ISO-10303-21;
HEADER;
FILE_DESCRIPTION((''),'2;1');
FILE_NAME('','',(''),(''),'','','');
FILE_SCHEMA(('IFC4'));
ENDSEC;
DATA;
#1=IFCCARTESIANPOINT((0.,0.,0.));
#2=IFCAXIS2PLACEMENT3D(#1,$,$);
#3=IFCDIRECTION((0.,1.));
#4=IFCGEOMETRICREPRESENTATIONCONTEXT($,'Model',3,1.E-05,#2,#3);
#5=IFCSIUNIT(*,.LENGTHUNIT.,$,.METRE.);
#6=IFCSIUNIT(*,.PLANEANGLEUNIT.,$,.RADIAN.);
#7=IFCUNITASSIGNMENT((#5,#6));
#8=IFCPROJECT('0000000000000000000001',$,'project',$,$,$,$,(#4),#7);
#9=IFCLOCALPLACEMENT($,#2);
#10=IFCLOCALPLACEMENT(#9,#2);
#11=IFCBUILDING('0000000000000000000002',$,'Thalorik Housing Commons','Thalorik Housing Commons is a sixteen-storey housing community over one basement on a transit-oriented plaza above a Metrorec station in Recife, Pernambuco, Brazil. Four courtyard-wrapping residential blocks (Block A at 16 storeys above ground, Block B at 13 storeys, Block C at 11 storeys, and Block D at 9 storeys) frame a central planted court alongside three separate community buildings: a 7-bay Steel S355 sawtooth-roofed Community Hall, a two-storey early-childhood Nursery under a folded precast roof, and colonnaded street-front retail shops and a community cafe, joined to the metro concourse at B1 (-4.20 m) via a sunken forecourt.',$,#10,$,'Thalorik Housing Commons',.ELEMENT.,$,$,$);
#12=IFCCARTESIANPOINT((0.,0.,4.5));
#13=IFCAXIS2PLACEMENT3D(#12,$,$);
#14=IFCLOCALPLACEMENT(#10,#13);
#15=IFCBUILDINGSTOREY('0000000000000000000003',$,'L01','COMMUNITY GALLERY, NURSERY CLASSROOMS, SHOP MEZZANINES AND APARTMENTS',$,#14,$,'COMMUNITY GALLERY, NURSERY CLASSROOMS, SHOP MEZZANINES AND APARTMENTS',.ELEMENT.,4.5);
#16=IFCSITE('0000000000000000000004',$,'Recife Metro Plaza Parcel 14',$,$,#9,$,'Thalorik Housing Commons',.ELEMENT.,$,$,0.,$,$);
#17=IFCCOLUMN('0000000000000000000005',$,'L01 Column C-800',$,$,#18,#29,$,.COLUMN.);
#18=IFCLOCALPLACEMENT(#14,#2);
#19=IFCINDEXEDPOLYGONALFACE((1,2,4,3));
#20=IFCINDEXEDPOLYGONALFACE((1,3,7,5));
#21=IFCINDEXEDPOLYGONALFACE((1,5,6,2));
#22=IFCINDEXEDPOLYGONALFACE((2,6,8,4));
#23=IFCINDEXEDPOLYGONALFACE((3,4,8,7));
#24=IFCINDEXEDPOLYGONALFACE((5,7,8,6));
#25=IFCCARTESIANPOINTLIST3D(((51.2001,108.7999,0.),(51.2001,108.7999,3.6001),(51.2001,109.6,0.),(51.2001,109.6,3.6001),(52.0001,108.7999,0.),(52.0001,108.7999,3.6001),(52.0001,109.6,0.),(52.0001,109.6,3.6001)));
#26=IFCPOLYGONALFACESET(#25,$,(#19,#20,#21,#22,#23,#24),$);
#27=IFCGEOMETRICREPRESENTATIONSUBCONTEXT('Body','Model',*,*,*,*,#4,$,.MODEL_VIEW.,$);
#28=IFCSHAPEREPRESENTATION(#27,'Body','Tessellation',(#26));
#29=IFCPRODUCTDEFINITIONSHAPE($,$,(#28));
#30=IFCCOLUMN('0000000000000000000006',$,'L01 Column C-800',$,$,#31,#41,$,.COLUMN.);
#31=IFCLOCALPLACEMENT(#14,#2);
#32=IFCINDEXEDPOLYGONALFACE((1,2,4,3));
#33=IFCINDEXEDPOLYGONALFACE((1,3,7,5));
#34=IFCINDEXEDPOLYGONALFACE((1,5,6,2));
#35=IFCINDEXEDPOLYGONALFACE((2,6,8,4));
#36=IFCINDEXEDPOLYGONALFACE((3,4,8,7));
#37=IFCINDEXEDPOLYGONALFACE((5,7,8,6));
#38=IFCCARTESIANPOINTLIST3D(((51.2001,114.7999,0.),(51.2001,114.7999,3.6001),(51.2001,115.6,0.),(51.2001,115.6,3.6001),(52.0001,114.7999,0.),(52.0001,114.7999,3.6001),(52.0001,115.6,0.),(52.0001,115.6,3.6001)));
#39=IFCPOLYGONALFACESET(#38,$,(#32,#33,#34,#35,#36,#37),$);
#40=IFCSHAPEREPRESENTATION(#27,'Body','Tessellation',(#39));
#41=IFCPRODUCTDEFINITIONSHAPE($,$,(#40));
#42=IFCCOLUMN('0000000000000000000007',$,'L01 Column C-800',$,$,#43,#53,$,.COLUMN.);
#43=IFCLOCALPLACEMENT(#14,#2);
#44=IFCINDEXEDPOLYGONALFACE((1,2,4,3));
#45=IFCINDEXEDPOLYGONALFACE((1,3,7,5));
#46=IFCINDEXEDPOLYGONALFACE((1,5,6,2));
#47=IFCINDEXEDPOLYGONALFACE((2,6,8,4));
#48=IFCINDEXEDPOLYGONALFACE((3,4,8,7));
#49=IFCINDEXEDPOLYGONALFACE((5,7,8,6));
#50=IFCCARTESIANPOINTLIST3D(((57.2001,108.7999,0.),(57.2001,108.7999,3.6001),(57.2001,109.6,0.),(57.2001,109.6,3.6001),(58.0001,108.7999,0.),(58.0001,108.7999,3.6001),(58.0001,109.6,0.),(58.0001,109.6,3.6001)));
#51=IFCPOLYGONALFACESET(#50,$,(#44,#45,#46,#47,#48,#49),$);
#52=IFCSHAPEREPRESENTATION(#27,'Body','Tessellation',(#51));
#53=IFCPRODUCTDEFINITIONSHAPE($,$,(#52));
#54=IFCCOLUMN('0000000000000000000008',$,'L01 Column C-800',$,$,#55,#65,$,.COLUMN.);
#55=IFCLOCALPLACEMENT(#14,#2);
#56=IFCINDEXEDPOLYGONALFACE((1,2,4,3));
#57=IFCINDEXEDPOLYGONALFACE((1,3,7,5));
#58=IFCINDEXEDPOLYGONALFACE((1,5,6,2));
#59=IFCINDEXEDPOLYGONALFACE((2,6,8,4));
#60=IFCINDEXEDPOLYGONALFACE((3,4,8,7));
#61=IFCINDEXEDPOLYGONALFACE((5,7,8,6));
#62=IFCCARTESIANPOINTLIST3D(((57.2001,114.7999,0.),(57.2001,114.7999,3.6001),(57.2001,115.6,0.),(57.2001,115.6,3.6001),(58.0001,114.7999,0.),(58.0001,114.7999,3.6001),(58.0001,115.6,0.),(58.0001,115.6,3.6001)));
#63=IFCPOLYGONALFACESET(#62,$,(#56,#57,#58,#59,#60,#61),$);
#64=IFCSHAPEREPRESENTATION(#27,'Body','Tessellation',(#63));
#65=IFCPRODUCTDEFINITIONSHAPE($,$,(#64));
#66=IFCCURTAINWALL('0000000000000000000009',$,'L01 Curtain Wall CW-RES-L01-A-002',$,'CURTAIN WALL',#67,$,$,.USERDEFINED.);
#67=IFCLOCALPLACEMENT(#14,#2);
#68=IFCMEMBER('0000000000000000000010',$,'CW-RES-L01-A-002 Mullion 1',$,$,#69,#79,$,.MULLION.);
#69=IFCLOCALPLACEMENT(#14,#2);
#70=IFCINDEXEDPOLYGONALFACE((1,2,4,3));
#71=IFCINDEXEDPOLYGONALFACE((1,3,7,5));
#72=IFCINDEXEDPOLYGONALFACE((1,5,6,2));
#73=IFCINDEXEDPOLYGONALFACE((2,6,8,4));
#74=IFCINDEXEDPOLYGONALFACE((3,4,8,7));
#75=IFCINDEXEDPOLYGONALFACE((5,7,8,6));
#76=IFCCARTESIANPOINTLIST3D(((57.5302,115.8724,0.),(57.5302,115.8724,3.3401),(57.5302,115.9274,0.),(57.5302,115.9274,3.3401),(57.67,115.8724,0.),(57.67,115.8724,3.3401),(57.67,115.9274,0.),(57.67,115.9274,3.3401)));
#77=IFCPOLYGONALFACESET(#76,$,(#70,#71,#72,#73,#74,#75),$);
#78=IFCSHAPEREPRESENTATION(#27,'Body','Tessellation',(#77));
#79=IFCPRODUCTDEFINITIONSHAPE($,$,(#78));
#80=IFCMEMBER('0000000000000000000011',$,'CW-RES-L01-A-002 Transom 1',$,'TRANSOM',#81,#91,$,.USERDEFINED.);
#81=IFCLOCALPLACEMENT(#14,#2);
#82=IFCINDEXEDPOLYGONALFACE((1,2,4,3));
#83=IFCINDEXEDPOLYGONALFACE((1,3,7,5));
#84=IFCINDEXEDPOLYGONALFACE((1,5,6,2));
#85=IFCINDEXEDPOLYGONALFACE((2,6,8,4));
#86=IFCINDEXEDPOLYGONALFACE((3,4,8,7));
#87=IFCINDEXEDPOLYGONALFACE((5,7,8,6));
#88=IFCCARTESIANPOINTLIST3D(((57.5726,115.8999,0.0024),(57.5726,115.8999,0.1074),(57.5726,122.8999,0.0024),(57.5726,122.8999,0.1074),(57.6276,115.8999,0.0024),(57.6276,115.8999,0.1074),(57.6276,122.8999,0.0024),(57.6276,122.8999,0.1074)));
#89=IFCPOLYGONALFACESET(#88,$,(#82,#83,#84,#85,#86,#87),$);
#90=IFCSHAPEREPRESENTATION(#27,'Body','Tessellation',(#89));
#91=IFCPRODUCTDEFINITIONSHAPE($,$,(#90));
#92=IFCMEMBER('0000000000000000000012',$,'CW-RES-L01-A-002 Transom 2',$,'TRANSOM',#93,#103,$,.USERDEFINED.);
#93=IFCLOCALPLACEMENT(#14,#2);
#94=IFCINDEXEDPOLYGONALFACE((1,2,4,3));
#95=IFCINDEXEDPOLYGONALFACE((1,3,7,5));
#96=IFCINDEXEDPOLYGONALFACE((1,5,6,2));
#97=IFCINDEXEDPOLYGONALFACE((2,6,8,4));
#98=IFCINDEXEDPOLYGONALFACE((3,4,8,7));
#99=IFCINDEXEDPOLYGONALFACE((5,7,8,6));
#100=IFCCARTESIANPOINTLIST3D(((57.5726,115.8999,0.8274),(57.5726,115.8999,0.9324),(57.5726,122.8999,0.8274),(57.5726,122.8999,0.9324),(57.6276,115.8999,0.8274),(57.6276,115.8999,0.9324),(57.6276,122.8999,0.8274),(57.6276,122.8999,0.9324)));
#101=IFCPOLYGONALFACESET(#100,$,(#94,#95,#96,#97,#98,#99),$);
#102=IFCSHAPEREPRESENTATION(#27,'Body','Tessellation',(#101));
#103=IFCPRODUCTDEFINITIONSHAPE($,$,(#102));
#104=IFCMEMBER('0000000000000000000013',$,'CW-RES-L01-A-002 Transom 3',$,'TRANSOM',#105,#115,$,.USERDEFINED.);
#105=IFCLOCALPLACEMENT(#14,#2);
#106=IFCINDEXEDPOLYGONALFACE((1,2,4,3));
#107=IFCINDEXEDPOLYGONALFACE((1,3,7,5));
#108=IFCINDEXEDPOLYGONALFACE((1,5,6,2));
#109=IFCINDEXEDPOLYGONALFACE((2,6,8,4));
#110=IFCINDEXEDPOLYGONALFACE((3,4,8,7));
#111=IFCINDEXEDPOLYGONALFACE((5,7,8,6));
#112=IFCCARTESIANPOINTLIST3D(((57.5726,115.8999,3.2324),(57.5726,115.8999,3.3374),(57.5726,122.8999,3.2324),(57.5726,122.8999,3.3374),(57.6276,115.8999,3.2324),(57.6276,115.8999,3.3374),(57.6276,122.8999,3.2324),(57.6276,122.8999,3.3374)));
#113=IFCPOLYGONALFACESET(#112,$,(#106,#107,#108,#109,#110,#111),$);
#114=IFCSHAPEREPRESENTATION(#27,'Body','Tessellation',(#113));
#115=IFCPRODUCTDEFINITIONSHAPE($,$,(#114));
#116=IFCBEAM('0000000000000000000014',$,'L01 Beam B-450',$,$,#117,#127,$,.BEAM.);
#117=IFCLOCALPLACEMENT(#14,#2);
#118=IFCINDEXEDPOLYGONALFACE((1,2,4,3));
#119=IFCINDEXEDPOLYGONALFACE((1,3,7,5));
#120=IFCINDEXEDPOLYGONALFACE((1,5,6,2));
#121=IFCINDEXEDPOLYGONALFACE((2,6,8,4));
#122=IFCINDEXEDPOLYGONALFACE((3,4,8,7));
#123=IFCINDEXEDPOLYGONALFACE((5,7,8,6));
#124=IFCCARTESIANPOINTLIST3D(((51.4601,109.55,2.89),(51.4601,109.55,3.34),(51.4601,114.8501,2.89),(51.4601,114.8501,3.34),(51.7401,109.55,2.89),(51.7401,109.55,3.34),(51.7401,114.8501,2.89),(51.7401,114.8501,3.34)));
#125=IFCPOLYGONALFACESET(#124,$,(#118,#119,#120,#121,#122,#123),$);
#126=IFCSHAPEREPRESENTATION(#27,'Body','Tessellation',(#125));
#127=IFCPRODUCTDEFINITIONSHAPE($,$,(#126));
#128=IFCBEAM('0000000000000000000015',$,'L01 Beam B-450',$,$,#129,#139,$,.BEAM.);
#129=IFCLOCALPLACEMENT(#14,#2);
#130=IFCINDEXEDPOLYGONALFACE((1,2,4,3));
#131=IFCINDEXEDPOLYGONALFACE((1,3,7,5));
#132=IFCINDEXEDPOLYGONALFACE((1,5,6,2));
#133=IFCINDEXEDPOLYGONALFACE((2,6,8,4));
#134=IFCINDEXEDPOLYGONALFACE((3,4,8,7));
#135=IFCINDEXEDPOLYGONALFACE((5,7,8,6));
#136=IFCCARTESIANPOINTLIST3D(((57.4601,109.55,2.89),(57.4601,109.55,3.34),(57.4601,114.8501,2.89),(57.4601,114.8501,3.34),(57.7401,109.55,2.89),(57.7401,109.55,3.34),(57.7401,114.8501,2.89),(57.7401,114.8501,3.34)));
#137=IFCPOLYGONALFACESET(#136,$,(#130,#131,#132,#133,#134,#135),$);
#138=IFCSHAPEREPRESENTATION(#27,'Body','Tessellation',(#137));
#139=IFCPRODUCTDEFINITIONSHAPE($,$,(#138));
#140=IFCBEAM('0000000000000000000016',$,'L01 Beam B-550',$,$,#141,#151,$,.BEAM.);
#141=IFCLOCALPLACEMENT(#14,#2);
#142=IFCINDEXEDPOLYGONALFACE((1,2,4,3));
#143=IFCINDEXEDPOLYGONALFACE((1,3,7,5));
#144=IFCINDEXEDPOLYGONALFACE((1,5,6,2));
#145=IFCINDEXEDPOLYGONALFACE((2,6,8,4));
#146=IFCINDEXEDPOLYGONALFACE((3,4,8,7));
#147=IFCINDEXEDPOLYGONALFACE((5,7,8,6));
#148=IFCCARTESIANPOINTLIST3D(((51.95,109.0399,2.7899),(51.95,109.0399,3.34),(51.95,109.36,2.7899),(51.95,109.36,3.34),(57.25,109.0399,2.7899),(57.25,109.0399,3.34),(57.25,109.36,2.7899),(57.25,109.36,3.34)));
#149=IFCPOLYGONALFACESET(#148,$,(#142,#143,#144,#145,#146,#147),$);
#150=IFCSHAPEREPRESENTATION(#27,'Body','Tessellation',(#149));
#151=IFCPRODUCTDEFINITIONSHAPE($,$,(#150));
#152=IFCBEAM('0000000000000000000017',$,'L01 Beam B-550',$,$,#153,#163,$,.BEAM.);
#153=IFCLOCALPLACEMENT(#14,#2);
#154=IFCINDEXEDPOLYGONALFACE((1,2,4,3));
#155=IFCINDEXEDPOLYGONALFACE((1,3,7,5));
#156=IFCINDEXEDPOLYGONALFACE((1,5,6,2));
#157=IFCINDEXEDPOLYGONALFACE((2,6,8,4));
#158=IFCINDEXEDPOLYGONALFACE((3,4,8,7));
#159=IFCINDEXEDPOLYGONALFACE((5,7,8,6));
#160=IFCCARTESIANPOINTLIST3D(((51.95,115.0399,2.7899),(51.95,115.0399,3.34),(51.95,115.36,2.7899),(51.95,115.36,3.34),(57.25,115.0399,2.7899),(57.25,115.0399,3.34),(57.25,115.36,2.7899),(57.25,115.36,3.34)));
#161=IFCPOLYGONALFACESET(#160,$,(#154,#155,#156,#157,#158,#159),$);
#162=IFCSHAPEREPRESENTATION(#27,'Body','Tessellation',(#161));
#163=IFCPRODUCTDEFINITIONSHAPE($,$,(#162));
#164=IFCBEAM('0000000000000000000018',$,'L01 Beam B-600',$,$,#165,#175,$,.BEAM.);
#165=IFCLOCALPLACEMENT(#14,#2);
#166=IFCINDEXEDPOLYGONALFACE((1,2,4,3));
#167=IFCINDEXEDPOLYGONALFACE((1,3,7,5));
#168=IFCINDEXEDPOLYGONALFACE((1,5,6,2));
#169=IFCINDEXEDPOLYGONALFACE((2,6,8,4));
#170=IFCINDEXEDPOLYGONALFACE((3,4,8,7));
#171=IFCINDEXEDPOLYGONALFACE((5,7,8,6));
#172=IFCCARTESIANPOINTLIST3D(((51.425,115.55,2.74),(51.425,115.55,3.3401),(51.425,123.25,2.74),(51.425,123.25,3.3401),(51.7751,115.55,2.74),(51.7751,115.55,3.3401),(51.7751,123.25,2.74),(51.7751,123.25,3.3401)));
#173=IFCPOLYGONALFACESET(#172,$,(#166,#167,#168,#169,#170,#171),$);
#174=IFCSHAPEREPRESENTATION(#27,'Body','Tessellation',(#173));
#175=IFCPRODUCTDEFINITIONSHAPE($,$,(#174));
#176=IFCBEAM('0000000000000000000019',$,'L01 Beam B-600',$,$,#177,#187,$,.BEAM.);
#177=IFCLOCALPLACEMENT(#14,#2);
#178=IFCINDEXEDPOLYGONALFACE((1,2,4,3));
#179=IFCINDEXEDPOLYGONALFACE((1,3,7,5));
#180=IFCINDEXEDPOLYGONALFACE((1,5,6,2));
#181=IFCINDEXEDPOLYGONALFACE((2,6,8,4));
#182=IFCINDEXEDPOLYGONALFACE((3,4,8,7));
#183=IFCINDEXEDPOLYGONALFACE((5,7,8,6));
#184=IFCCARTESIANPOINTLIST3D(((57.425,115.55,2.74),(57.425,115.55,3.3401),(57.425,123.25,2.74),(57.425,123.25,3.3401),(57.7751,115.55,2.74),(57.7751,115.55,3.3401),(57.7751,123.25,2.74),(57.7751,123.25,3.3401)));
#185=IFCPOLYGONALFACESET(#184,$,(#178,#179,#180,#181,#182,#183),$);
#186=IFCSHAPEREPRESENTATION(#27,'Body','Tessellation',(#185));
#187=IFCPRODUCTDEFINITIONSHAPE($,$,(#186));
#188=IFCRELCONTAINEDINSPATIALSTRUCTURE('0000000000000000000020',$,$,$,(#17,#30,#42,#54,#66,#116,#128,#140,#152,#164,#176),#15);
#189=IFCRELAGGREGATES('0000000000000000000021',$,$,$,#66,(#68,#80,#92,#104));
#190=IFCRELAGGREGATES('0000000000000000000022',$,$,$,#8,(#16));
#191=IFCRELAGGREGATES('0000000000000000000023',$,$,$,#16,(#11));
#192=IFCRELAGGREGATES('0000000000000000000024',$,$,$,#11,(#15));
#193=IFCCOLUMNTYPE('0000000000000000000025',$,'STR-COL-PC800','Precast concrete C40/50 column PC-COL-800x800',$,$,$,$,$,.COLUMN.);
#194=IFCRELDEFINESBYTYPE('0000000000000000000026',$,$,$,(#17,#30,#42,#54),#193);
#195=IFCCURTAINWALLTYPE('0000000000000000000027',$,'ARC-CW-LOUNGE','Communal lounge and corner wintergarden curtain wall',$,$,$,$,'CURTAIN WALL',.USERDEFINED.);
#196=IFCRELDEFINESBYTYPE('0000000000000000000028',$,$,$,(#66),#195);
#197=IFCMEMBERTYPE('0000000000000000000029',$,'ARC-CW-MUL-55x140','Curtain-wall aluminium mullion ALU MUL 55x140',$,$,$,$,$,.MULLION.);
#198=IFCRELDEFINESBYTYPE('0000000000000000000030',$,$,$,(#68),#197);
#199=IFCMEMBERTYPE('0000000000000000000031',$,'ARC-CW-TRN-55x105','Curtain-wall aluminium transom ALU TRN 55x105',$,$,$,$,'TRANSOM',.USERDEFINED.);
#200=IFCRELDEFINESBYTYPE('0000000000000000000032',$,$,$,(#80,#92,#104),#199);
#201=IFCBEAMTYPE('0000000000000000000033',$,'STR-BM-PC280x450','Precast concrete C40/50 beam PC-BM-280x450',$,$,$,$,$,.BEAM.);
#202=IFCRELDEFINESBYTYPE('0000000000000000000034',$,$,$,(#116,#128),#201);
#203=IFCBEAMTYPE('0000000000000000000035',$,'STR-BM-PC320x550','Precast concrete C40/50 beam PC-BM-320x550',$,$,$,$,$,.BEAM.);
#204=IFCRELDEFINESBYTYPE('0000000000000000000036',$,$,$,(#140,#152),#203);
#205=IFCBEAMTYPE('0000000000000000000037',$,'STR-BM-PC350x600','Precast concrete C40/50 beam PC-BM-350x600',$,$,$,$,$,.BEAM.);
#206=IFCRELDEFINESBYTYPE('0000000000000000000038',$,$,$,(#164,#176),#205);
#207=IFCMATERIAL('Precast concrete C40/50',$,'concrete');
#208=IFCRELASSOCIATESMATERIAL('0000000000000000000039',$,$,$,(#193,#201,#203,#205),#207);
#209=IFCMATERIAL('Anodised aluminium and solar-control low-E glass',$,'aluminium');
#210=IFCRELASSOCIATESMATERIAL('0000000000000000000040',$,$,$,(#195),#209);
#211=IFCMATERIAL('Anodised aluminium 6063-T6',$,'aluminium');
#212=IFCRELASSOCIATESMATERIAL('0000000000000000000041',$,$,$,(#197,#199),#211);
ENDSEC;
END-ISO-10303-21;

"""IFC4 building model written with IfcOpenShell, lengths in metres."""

from ifc_helpers import new_model, si_unit, direction, frame, origin, origin_2d, place, context, subcontext, project, spatial, rectangle, extrude, material, material_profile, profile_set, type_object, element, aggregate, save


model = new_model("IFC4")

# Units and contexts
model_context = context("Model", 3, precision=1e-05, world=origin(), true_north=direction((0.0, 1.0)))
body_context = subcontext(model_context, "Body", "Model", "MODEL_VIEW")
ifc_project = project(units=[si_unit("LENGTHUNIT", "METRE"), si_unit("PLANEANGLEUNIT", "RADIAN")], contexts=[model_context])

# Site, building, storey
site_placement = place(None, origin())
site = spatial("IfcSite", under=ifc_project, at=site_placement, Name="Recife Metro Plaza Parcel 14", LongName="Thalorik Housing Commons", CompositionType="ELEMENT", RefElevation=0.0)
building_placement = place(site_placement, origin())
building = spatial("IfcBuilding", under=site, at=building_placement, Name="Thalorik Housing Commons", Description="Thalorik Housing Commons is a sixteen-storey housing community over one basement on a transit-oriented plaza above a Metrorec station in Recife, Pernambuco, Brazil. Four courtyard-wrapping residential blocks (Block A at 16 storeys above ground, Block B at 13 storeys, Block C at 11 storeys, and Block D at 9 storeys) frame a central planted court alongside three separate community buildings: a 7-bay Steel S355 sawtooth-roofed Community Hall, a two-storey early-childhood Nursery under a folded precast roof, and colonnaded street-front retail shops and a community cafe, joined to the metro concourse at B1 (-4.20 m) via a sunken forecourt.", LongName="Thalorik Housing Commons", CompositionType="ELEMENT")
storey_placement = place(building_placement, frame((0.0, 0.0, 4.5)))
storey = spatial("IfcBuildingStorey", under=building, at=storey_placement, Name="L01", Description="COMMUNITY GALLERY, NURSERY CLASSROOMS, SHOP MEZZANINES AND APARTMENTS", LongName="COMMUNITY GALLERY, NURSERY CLASSROOMS, SHOP MEZZANINES AND APARTMENTS", CompositionType="ELEMENT", Elevation=4.5)

# Columns
ifc_material_1 = material(Name="Precast concrete C40/50", Category="concrete")
ifc_material_profile_1 = material_profile(ifc_material_1, rectangle(XDim=0.8, YDim=0.8, at=origin_2d()), Name="PC 800x800", Category="concrete")
ifc_profile_set_1 = profile_set([ifc_material_profile_1], Name="Precast concrete C40/50")
column_type = type_object("IfcColumnType", Name="STR-COL-PC800", Description="Precast concrete C40/50 column PC-COL-800x800", PredefinedType="COLUMN", material=ifc_profile_set_1)
for number, where, z_axis, x_axis, name in (
    (1, (51.6001, 109.2, 0.0), (0.0, 0.0, 1.0), (1.0, 0.0, 0.0), "L01 Column C-800"),
    (2, (51.6001, 115.2, 0.0), (0.0, 0.0, 1.0), (1.0, 0.0, 0.0), "L01 Column C-800"),
    (3, (57.6001, 109.2, 0.0), (0.0, 0.0, 1.0), (1.0, 0.0, 0.0), "L01 Column C-800"),
    (4, (57.6001, 115.2, 0.0), (0.0, 0.0, 1.0), (1.0, 0.0, 0.0), "L01 Column C-800"),
):
    element("IfcColumn", number, at=place(storey_placement, frame(where, z_axis=z_axis, x_axis=x_axis)), inside=storey, type_object=column_type, Name=name, PredefinedType="COLUMN", context=body_context, shape_type="SweptSolid", body=[
        extrude(rectangle(XDim=0.8, YDim=0.8, at=origin_2d()), origin(), (0.0, 0.0, 1.0), 3.6001),
    ])

# Curtain wall, members
ifc_material_2 = material(Name="Anodised aluminium and solar-control low-E glass", Category="aluminium")
curtain_wall_type = type_object("IfcCurtainWallType", Name="ARC-CW-LOUNGE", Description="Communal lounge and corner wintergarden curtain wall", ElementType="CURTAIN WALL", PredefinedType="USERDEFINED", material=ifc_material_2)
curtain_wall_placement = place(storey_placement, origin())
curtain_wall = element("IfcCurtainWall", 5, at=curtain_wall_placement, inside=storey, type_object=curtain_wall_type, Name="L01 Curtain Wall CW-RES-L01-A-002", ObjectType="CURTAIN WALL", PredefinedType="USERDEFINED")
ifc_material_3 = material(Name="Anodised aluminium 6063-T6", Category="aluminium")
ifc_material_profile_2 = material_profile(ifc_material_3, rectangle(XDim=0.0549, YDim=0.1399, at=origin_2d()), Name="ALU MUL 55x140", Category="aluminium")
ifc_profile_set_2 = profile_set([ifc_material_profile_2], Name="Anodised aluminium 6063-T6")
member_type_1 = type_object("IfcMemberType", Name="ARC-CW-MUL-55x140", Description="Curtain-wall aluminium mullion ALU MUL 55x140", PredefinedType="MULLION", material=ifc_profile_set_2)
member_1_placement = place(storey_placement, frame((57.6001, 115.8999, 0.0), z_axis=(0.0, 0.0, 1.0), x_axis=(0.0, 1.0, 0.0)))
member_1 = element("IfcMember", 6, at=member_1_placement, type_object=member_type_1, Name="CW-RES-L01-A-002 Mullion 1", PredefinedType="MULLION", context=body_context, shape_type="SweptSolid", body=[
    extrude(rectangle(XDim=0.0549, YDim=0.1399, at=origin_2d()), origin(), (0.0, 0.0, 1.0), 3.3401),
])
ifc_material_profile_3 = material_profile(ifc_material_3, rectangle(XDim=0.0549, YDim=0.105, at=origin_2d()), Name="ALU TRN 55x105", Category="aluminium")
ifc_profile_set_3 = profile_set([ifc_material_profile_3], Name="Anodised aluminium 6063-T6")
member_type_2 = type_object("IfcMemberType", Name="ARC-CW-TRN-55x105", Description="Curtain-wall aluminium transom ALU TRN 55x105", ElementType="TRANSOM", PredefinedType="USERDEFINED", material=ifc_profile_set_3)
member_2_placement = place(storey_placement, frame((57.6001, 115.8999, 0.0549), z_axis=(0.0, 1.0, 0.0), x_axis=(-1.0, 0.0, 0.0)))
member_2 = element("IfcMember", 7, at=member_2_placement, type_object=member_type_2, Name="CW-RES-L01-A-002 Transom 1", ObjectType="TRANSOM", PredefinedType="USERDEFINED", context=body_context, shape_type="SweptSolid", body=[
    extrude(rectangle(XDim=0.0549, YDim=0.105, at=origin_2d()), origin(), (0.0, 0.0, 1.0), 7.0),
])
member_3_placement = place(storey_placement, frame((57.6001, 115.8999, 0.8799), z_axis=(0.0, 1.0, 0.0), x_axis=(-1.0, 0.0, 0.0)))
member_3 = element("IfcMember", 8, at=member_3_placement, type_object=member_type_2, Name="CW-RES-L01-A-002 Transom 2", ObjectType="TRANSOM", PredefinedType="USERDEFINED", context=body_context, shape_type="SweptSolid", body=[
    extrude(rectangle(XDim=0.0549, YDim=0.105, at=origin_2d()), origin(), (0.0, 0.0, 1.0), 7.0),
])
member_4_placement = place(storey_placement, frame((57.6001, 115.8999, 3.2849), z_axis=(0.0, 1.0, 0.0), x_axis=(-1.0, 0.0, 0.0)))
member_4 = element("IfcMember", 9, at=member_4_placement, type_object=member_type_2, Name="CW-RES-L01-A-002 Transom 3", ObjectType="TRANSOM", PredefinedType="USERDEFINED", context=body_context, shape_type="SweptSolid", body=[
    extrude(rectangle(XDim=0.0549, YDim=0.105, at=origin_2d()), origin(), (0.0, 0.0, 1.0), 7.0),
])
aggregate(curtain_wall, [member_1, member_2, member_3, member_4])

# Beams
ifc_material_profile_4 = material_profile(ifc_material_1, rectangle(XDim=0.28, YDim=0.45, at=origin_2d()), Name="PC 280x450", Category="concrete")
ifc_profile_set_4 = profile_set([ifc_material_profile_4], Name="Precast concrete C40/50")
beam_type_1 = type_object("IfcBeamType", Name="STR-BM-PC280x450", Description="Precast concrete C40/50 beam PC-BM-280x450", PredefinedType="BEAM", material=ifc_profile_set_4)
for number, where, z_axis, x_axis, name in (
    (10, (51.6001, 109.55, 3.115), (0.0, 1.0, 0.0), (-1.0, 0.0, 0.0), "L01 Beam B-450"),
    (11, (57.6001, 109.55, 3.115), (0.0, 1.0, 0.0), (-1.0, 0.0, 0.0), "L01 Beam B-450"),
):
    element("IfcBeam", number, at=place(storey_placement, frame(where, z_axis=z_axis, x_axis=x_axis)), inside=storey, type_object=beam_type_1, Name=name, PredefinedType="BEAM", context=body_context, shape_type="SweptSolid", body=[
        extrude(rectangle(XDim=0.28, YDim=0.45, at=origin_2d()), origin(), (0.0, 0.0, 1.0), 5.3),
    ])
ifc_material_profile_5 = material_profile(ifc_material_1, rectangle(XDim=0.3201, YDim=0.55, at=origin_2d()), Name="PC 320x550", Category="concrete")
ifc_profile_set_5 = profile_set([ifc_material_profile_5], Name="Precast concrete C40/50")
beam_type_2 = type_object("IfcBeamType", Name="STR-BM-PC320x550", Description="Precast concrete C40/50 beam PC-BM-320x550", PredefinedType="BEAM", material=ifc_profile_set_5)
for number, where, z_axis, x_axis, name in (
    (12, (51.95, 109.2, 3.0649), (1.0, 0.0, 0.0), (0.0, 1.0, 0.0), "L01 Beam B-550"),
    (13, (51.95, 115.2, 3.0649), (1.0, 0.0, 0.0), (0.0, 1.0, 0.0), "L01 Beam B-550"),
):
    element("IfcBeam", number, at=place(storey_placement, frame(where, z_axis=z_axis, x_axis=x_axis)), inside=storey, type_object=beam_type_2, Name=name, PredefinedType="BEAM", context=body_context, shape_type="SweptSolid", body=[
        extrude(rectangle(XDim=0.3201, YDim=0.55, at=origin_2d()), origin(), (0.0, 0.0, 1.0), 5.3),
    ])
ifc_material_profile_6 = material_profile(ifc_material_1, rectangle(XDim=0.3501, YDim=0.6001, at=origin_2d()), Name="PC 350x600", Category="concrete")
ifc_profile_set_6 = profile_set([ifc_material_profile_6], Name="Precast concrete C40/50")
beam_type_3 = type_object("IfcBeamType", Name="STR-BM-PC350x600", Description="Precast concrete C40/50 beam PC-BM-350x600", PredefinedType="BEAM", material=ifc_profile_set_6)
for number, where, z_axis, x_axis, name in (
    (14, (51.6001, 115.55, 3.04), (0.0, 1.0, 0.0), (-1.0, 0.0, 0.0), "L01 Beam B-600"),
    (15, (57.6001, 115.55, 3.04), (0.0, 1.0, 0.0), (-1.0, 0.0, 0.0), "L01 Beam B-600"),
):
    element("IfcBeam", number, at=place(storey_placement, frame(where, z_axis=z_axis, x_axis=x_axis)), inside=storey, type_object=beam_type_3, Name=name, PredefinedType="BEAM", context=body_context, shape_type="SweptSolid", body=[
        extrude(rectangle(XDim=0.3501, YDim=0.6001, at=origin_2d()), origin(), (0.0, 0.0, 1.0), 7.7),
    ])

save(model, "model.ifc")
